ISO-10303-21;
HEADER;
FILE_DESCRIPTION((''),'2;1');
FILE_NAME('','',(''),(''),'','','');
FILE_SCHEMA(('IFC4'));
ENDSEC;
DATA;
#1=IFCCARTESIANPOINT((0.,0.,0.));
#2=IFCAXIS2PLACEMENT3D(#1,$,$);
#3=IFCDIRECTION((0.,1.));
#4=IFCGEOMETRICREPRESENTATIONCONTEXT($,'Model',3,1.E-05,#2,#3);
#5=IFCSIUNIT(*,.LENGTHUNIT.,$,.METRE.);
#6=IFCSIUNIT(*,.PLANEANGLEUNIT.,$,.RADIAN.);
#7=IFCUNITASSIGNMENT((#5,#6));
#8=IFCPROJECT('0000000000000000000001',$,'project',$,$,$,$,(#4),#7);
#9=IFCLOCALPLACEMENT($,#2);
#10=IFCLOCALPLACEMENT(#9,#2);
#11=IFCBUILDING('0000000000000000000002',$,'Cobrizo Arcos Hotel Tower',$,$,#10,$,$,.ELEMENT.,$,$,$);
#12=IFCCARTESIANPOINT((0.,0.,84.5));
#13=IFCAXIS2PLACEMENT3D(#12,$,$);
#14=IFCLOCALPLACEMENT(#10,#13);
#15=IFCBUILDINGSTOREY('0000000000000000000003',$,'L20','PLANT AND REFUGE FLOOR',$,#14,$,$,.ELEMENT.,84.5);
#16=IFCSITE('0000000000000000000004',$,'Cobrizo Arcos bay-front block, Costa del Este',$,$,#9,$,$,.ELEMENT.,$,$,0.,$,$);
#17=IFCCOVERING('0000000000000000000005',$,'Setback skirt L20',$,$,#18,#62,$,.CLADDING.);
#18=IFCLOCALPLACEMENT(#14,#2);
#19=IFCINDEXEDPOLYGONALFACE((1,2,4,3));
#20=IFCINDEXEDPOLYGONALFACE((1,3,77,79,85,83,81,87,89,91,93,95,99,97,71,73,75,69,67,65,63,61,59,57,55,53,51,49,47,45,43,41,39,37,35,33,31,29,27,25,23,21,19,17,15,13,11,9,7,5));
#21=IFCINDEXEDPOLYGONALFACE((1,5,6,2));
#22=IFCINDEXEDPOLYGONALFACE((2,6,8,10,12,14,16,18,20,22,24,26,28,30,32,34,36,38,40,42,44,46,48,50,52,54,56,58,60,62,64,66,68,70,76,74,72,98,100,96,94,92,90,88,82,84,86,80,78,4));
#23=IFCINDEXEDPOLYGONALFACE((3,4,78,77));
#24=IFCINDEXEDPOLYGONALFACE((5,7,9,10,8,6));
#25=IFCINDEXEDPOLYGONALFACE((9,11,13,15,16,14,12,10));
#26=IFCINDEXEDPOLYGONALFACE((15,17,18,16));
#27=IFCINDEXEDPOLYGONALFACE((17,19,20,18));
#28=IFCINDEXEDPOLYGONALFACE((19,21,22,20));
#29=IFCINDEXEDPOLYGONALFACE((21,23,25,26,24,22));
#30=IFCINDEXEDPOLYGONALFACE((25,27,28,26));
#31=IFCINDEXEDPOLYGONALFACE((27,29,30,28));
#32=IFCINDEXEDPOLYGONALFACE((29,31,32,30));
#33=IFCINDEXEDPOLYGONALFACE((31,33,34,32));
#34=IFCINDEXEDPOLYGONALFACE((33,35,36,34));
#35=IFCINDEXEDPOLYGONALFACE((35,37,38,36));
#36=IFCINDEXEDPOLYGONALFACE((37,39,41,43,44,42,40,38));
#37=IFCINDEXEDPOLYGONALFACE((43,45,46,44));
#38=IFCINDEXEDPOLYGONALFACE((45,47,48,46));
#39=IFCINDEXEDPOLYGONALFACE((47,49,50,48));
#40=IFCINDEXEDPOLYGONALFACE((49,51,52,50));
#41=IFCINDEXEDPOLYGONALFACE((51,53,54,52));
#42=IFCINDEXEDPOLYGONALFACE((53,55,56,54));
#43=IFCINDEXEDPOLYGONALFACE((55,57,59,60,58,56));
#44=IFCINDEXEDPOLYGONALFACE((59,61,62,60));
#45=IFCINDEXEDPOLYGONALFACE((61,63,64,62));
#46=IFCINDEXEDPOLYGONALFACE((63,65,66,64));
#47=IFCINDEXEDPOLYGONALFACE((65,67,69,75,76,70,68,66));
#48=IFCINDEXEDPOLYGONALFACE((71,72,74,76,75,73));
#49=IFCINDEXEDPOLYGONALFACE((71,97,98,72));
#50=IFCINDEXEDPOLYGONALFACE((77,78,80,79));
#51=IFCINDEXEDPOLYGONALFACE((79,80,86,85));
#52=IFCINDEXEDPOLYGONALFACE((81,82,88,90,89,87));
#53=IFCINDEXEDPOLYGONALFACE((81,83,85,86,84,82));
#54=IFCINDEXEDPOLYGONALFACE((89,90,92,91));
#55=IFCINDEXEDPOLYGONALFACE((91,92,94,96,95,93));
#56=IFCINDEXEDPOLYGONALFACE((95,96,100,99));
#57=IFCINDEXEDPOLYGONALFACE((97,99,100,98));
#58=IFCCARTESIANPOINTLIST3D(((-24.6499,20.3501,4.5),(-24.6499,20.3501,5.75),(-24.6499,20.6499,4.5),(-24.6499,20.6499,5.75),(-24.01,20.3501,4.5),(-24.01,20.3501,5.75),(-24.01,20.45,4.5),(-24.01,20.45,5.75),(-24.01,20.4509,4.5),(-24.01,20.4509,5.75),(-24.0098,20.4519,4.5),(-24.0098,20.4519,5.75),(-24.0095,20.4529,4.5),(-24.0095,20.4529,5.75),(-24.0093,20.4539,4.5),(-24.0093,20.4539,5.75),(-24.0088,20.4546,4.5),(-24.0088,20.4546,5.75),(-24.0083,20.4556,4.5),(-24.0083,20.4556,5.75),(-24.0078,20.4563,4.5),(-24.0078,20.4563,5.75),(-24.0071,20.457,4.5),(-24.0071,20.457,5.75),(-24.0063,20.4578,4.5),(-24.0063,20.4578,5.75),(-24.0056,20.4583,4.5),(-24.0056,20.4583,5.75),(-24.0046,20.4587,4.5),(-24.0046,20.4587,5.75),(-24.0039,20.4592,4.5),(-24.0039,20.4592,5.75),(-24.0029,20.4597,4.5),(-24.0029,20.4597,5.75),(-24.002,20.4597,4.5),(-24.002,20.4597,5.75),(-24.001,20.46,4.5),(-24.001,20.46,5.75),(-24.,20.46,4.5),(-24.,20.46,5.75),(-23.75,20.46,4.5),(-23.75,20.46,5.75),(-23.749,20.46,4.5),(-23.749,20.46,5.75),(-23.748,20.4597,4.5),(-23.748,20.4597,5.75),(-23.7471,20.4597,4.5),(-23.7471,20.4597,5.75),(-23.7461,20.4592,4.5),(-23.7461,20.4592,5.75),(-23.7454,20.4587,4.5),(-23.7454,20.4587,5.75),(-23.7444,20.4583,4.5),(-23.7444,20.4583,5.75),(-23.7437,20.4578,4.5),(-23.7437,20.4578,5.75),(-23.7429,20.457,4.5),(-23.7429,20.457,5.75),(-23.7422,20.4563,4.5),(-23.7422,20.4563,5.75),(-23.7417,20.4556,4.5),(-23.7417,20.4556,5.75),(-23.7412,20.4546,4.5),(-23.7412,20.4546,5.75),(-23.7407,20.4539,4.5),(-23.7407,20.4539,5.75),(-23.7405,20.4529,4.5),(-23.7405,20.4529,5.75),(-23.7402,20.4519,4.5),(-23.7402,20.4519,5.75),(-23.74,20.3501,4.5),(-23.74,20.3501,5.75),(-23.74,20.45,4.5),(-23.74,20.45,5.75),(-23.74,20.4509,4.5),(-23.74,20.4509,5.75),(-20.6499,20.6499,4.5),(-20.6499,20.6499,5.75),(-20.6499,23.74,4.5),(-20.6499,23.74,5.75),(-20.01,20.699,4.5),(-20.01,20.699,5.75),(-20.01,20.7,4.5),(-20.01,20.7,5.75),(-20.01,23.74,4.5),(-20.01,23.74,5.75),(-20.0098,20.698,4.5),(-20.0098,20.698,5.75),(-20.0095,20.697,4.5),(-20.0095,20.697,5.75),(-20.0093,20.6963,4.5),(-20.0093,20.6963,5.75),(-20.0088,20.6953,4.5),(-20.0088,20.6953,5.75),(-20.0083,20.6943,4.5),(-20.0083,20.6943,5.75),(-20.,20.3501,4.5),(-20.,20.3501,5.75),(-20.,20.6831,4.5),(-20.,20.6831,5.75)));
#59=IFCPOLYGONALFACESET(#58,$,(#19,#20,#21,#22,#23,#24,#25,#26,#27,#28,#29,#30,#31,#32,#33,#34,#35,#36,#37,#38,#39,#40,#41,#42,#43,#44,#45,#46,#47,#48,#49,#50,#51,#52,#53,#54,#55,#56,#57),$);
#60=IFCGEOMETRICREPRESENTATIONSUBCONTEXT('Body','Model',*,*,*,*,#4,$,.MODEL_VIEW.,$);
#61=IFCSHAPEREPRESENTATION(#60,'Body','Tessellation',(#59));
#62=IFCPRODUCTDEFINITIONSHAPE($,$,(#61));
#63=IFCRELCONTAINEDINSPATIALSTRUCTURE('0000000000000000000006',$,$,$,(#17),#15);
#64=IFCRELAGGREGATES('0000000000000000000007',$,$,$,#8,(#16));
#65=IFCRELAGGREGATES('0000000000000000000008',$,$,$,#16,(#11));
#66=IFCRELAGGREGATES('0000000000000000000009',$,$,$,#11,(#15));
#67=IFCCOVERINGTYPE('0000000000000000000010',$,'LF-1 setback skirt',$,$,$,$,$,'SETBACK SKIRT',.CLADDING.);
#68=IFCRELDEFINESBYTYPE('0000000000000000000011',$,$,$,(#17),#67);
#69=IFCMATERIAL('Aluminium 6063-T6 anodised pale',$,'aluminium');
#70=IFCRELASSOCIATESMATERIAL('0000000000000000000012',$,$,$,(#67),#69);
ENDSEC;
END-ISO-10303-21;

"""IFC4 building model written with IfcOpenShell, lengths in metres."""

from ifc_helpers import new_model, si_unit, direction, frame, origin, place, context, subcontext, project, spatial, polyline, outline, extrude, material, type_object, element, save


model = new_model("IFC4")

# Units and contexts
model_context = context("Model", 3, precision=1e-05, world=origin(), true_north=direction((0.0, 1.0)))
body_context = subcontext(model_context, "Body", "Model", "MODEL_VIEW")
ifc_project = project(units=[si_unit("LENGTHUNIT", "METRE"), si_unit("PLANEANGLEUNIT", "RADIAN")], contexts=[model_context])

# Site, building, storey
site_placement = place(None, origin())
site = spatial("IfcSite", under=ifc_project, at=site_placement, Name="Cobrizo Arcos bay-front block, Costa del Este", CompositionType="ELEMENT", RefElevation=0.0)
building_placement = place(site_placement, origin())
building = spatial("IfcBuilding", under=site, at=building_placement, Name="Cobrizo Arcos Hotel Tower", CompositionType="ELEMENT")
storey_placement = place(building_placement, frame((0.0, 0.0, 84.5)))
storey = spatial("IfcBuildingStorey", under=building, at=storey_placement, Name="L20", Description="PLANT AND REFUGE FLOOR", CompositionType="ELEMENT", Elevation=84.5)

# Covering
ifc_material_1 = material(Name="Aluminium 6063-T6 anodised pale", Category="aluminium")
covering_type = type_object("IfcCoveringType", Name="LF-1 setback skirt", ElementType="SETBACK SKIRT", PredefinedType="CLADDING", material=ifc_material_1)
covering_1_placement = place(storey_placement, frame((0.0, 0.0, 4.5)))
element("IfcCovering", 1, at=covering_1_placement, inside=storey, type_object=covering_type, Name="Setback skirt L20", PredefinedType="CLADDING", context=body_context, shape_type="SweptSolid", body=[
    extrude(outline(polyline([(-20.6499, 23.74), (-20.6499, 20.6499), (-24.6499, 20.6499), (-24.6499, 20.3501), (-24.01, 20.3501), (-24.01, 20.45), (-24.01, 20.4509), (-24.0098, 20.4519), (-24.0095, 20.4529), (-24.0093, 20.4539), (-24.0088, 20.4546), (-24.0083, 20.4556), (-24.0078, 20.4563), (-24.0071, 20.457), (-24.0063, 20.4578), (-24.0056, 20.4583), (-24.0046, 20.4587), (-24.0039, 20.4592), (-24.0029, 20.4597), (-24.002, 20.4597), (-24.001, 20.46), (-24.0, 20.46), (-23.75, 20.46), (-23.749, 20.46), (-23.748, 20.4597), (-23.7471, 20.4597), (-23.7461, 20.4592), (-23.7454, 20.4587), (-23.7444, 20.4583), (-23.7437, 20.4578), (-23.7429, 20.457), (-23.7422, 20.4563), (-23.7417, 20.4556), (-23.7412, 20.4546), (-23.7407, 20.4539), (-23.7405, 20.4529), (-23.7402, 20.4519), (-23.74, 20.4509), (-23.74, 20.45), (-23.74, 20.3501), (-20.0, 20.3501), (-20.0, 20.6831), (-20.0083, 20.6943), (-20.0088, 20.6953), (-20.0093, 20.6963), (-20.0095, 20.697), (-20.0098, 20.698), (-20.01, 20.699), (-20.01, 20.7), (-20.01, 23.74), (-20.6499, 23.74)])), origin(), (0.0, 0.0, 1.0), 1.25),
])

save(model, "model.ifc")
